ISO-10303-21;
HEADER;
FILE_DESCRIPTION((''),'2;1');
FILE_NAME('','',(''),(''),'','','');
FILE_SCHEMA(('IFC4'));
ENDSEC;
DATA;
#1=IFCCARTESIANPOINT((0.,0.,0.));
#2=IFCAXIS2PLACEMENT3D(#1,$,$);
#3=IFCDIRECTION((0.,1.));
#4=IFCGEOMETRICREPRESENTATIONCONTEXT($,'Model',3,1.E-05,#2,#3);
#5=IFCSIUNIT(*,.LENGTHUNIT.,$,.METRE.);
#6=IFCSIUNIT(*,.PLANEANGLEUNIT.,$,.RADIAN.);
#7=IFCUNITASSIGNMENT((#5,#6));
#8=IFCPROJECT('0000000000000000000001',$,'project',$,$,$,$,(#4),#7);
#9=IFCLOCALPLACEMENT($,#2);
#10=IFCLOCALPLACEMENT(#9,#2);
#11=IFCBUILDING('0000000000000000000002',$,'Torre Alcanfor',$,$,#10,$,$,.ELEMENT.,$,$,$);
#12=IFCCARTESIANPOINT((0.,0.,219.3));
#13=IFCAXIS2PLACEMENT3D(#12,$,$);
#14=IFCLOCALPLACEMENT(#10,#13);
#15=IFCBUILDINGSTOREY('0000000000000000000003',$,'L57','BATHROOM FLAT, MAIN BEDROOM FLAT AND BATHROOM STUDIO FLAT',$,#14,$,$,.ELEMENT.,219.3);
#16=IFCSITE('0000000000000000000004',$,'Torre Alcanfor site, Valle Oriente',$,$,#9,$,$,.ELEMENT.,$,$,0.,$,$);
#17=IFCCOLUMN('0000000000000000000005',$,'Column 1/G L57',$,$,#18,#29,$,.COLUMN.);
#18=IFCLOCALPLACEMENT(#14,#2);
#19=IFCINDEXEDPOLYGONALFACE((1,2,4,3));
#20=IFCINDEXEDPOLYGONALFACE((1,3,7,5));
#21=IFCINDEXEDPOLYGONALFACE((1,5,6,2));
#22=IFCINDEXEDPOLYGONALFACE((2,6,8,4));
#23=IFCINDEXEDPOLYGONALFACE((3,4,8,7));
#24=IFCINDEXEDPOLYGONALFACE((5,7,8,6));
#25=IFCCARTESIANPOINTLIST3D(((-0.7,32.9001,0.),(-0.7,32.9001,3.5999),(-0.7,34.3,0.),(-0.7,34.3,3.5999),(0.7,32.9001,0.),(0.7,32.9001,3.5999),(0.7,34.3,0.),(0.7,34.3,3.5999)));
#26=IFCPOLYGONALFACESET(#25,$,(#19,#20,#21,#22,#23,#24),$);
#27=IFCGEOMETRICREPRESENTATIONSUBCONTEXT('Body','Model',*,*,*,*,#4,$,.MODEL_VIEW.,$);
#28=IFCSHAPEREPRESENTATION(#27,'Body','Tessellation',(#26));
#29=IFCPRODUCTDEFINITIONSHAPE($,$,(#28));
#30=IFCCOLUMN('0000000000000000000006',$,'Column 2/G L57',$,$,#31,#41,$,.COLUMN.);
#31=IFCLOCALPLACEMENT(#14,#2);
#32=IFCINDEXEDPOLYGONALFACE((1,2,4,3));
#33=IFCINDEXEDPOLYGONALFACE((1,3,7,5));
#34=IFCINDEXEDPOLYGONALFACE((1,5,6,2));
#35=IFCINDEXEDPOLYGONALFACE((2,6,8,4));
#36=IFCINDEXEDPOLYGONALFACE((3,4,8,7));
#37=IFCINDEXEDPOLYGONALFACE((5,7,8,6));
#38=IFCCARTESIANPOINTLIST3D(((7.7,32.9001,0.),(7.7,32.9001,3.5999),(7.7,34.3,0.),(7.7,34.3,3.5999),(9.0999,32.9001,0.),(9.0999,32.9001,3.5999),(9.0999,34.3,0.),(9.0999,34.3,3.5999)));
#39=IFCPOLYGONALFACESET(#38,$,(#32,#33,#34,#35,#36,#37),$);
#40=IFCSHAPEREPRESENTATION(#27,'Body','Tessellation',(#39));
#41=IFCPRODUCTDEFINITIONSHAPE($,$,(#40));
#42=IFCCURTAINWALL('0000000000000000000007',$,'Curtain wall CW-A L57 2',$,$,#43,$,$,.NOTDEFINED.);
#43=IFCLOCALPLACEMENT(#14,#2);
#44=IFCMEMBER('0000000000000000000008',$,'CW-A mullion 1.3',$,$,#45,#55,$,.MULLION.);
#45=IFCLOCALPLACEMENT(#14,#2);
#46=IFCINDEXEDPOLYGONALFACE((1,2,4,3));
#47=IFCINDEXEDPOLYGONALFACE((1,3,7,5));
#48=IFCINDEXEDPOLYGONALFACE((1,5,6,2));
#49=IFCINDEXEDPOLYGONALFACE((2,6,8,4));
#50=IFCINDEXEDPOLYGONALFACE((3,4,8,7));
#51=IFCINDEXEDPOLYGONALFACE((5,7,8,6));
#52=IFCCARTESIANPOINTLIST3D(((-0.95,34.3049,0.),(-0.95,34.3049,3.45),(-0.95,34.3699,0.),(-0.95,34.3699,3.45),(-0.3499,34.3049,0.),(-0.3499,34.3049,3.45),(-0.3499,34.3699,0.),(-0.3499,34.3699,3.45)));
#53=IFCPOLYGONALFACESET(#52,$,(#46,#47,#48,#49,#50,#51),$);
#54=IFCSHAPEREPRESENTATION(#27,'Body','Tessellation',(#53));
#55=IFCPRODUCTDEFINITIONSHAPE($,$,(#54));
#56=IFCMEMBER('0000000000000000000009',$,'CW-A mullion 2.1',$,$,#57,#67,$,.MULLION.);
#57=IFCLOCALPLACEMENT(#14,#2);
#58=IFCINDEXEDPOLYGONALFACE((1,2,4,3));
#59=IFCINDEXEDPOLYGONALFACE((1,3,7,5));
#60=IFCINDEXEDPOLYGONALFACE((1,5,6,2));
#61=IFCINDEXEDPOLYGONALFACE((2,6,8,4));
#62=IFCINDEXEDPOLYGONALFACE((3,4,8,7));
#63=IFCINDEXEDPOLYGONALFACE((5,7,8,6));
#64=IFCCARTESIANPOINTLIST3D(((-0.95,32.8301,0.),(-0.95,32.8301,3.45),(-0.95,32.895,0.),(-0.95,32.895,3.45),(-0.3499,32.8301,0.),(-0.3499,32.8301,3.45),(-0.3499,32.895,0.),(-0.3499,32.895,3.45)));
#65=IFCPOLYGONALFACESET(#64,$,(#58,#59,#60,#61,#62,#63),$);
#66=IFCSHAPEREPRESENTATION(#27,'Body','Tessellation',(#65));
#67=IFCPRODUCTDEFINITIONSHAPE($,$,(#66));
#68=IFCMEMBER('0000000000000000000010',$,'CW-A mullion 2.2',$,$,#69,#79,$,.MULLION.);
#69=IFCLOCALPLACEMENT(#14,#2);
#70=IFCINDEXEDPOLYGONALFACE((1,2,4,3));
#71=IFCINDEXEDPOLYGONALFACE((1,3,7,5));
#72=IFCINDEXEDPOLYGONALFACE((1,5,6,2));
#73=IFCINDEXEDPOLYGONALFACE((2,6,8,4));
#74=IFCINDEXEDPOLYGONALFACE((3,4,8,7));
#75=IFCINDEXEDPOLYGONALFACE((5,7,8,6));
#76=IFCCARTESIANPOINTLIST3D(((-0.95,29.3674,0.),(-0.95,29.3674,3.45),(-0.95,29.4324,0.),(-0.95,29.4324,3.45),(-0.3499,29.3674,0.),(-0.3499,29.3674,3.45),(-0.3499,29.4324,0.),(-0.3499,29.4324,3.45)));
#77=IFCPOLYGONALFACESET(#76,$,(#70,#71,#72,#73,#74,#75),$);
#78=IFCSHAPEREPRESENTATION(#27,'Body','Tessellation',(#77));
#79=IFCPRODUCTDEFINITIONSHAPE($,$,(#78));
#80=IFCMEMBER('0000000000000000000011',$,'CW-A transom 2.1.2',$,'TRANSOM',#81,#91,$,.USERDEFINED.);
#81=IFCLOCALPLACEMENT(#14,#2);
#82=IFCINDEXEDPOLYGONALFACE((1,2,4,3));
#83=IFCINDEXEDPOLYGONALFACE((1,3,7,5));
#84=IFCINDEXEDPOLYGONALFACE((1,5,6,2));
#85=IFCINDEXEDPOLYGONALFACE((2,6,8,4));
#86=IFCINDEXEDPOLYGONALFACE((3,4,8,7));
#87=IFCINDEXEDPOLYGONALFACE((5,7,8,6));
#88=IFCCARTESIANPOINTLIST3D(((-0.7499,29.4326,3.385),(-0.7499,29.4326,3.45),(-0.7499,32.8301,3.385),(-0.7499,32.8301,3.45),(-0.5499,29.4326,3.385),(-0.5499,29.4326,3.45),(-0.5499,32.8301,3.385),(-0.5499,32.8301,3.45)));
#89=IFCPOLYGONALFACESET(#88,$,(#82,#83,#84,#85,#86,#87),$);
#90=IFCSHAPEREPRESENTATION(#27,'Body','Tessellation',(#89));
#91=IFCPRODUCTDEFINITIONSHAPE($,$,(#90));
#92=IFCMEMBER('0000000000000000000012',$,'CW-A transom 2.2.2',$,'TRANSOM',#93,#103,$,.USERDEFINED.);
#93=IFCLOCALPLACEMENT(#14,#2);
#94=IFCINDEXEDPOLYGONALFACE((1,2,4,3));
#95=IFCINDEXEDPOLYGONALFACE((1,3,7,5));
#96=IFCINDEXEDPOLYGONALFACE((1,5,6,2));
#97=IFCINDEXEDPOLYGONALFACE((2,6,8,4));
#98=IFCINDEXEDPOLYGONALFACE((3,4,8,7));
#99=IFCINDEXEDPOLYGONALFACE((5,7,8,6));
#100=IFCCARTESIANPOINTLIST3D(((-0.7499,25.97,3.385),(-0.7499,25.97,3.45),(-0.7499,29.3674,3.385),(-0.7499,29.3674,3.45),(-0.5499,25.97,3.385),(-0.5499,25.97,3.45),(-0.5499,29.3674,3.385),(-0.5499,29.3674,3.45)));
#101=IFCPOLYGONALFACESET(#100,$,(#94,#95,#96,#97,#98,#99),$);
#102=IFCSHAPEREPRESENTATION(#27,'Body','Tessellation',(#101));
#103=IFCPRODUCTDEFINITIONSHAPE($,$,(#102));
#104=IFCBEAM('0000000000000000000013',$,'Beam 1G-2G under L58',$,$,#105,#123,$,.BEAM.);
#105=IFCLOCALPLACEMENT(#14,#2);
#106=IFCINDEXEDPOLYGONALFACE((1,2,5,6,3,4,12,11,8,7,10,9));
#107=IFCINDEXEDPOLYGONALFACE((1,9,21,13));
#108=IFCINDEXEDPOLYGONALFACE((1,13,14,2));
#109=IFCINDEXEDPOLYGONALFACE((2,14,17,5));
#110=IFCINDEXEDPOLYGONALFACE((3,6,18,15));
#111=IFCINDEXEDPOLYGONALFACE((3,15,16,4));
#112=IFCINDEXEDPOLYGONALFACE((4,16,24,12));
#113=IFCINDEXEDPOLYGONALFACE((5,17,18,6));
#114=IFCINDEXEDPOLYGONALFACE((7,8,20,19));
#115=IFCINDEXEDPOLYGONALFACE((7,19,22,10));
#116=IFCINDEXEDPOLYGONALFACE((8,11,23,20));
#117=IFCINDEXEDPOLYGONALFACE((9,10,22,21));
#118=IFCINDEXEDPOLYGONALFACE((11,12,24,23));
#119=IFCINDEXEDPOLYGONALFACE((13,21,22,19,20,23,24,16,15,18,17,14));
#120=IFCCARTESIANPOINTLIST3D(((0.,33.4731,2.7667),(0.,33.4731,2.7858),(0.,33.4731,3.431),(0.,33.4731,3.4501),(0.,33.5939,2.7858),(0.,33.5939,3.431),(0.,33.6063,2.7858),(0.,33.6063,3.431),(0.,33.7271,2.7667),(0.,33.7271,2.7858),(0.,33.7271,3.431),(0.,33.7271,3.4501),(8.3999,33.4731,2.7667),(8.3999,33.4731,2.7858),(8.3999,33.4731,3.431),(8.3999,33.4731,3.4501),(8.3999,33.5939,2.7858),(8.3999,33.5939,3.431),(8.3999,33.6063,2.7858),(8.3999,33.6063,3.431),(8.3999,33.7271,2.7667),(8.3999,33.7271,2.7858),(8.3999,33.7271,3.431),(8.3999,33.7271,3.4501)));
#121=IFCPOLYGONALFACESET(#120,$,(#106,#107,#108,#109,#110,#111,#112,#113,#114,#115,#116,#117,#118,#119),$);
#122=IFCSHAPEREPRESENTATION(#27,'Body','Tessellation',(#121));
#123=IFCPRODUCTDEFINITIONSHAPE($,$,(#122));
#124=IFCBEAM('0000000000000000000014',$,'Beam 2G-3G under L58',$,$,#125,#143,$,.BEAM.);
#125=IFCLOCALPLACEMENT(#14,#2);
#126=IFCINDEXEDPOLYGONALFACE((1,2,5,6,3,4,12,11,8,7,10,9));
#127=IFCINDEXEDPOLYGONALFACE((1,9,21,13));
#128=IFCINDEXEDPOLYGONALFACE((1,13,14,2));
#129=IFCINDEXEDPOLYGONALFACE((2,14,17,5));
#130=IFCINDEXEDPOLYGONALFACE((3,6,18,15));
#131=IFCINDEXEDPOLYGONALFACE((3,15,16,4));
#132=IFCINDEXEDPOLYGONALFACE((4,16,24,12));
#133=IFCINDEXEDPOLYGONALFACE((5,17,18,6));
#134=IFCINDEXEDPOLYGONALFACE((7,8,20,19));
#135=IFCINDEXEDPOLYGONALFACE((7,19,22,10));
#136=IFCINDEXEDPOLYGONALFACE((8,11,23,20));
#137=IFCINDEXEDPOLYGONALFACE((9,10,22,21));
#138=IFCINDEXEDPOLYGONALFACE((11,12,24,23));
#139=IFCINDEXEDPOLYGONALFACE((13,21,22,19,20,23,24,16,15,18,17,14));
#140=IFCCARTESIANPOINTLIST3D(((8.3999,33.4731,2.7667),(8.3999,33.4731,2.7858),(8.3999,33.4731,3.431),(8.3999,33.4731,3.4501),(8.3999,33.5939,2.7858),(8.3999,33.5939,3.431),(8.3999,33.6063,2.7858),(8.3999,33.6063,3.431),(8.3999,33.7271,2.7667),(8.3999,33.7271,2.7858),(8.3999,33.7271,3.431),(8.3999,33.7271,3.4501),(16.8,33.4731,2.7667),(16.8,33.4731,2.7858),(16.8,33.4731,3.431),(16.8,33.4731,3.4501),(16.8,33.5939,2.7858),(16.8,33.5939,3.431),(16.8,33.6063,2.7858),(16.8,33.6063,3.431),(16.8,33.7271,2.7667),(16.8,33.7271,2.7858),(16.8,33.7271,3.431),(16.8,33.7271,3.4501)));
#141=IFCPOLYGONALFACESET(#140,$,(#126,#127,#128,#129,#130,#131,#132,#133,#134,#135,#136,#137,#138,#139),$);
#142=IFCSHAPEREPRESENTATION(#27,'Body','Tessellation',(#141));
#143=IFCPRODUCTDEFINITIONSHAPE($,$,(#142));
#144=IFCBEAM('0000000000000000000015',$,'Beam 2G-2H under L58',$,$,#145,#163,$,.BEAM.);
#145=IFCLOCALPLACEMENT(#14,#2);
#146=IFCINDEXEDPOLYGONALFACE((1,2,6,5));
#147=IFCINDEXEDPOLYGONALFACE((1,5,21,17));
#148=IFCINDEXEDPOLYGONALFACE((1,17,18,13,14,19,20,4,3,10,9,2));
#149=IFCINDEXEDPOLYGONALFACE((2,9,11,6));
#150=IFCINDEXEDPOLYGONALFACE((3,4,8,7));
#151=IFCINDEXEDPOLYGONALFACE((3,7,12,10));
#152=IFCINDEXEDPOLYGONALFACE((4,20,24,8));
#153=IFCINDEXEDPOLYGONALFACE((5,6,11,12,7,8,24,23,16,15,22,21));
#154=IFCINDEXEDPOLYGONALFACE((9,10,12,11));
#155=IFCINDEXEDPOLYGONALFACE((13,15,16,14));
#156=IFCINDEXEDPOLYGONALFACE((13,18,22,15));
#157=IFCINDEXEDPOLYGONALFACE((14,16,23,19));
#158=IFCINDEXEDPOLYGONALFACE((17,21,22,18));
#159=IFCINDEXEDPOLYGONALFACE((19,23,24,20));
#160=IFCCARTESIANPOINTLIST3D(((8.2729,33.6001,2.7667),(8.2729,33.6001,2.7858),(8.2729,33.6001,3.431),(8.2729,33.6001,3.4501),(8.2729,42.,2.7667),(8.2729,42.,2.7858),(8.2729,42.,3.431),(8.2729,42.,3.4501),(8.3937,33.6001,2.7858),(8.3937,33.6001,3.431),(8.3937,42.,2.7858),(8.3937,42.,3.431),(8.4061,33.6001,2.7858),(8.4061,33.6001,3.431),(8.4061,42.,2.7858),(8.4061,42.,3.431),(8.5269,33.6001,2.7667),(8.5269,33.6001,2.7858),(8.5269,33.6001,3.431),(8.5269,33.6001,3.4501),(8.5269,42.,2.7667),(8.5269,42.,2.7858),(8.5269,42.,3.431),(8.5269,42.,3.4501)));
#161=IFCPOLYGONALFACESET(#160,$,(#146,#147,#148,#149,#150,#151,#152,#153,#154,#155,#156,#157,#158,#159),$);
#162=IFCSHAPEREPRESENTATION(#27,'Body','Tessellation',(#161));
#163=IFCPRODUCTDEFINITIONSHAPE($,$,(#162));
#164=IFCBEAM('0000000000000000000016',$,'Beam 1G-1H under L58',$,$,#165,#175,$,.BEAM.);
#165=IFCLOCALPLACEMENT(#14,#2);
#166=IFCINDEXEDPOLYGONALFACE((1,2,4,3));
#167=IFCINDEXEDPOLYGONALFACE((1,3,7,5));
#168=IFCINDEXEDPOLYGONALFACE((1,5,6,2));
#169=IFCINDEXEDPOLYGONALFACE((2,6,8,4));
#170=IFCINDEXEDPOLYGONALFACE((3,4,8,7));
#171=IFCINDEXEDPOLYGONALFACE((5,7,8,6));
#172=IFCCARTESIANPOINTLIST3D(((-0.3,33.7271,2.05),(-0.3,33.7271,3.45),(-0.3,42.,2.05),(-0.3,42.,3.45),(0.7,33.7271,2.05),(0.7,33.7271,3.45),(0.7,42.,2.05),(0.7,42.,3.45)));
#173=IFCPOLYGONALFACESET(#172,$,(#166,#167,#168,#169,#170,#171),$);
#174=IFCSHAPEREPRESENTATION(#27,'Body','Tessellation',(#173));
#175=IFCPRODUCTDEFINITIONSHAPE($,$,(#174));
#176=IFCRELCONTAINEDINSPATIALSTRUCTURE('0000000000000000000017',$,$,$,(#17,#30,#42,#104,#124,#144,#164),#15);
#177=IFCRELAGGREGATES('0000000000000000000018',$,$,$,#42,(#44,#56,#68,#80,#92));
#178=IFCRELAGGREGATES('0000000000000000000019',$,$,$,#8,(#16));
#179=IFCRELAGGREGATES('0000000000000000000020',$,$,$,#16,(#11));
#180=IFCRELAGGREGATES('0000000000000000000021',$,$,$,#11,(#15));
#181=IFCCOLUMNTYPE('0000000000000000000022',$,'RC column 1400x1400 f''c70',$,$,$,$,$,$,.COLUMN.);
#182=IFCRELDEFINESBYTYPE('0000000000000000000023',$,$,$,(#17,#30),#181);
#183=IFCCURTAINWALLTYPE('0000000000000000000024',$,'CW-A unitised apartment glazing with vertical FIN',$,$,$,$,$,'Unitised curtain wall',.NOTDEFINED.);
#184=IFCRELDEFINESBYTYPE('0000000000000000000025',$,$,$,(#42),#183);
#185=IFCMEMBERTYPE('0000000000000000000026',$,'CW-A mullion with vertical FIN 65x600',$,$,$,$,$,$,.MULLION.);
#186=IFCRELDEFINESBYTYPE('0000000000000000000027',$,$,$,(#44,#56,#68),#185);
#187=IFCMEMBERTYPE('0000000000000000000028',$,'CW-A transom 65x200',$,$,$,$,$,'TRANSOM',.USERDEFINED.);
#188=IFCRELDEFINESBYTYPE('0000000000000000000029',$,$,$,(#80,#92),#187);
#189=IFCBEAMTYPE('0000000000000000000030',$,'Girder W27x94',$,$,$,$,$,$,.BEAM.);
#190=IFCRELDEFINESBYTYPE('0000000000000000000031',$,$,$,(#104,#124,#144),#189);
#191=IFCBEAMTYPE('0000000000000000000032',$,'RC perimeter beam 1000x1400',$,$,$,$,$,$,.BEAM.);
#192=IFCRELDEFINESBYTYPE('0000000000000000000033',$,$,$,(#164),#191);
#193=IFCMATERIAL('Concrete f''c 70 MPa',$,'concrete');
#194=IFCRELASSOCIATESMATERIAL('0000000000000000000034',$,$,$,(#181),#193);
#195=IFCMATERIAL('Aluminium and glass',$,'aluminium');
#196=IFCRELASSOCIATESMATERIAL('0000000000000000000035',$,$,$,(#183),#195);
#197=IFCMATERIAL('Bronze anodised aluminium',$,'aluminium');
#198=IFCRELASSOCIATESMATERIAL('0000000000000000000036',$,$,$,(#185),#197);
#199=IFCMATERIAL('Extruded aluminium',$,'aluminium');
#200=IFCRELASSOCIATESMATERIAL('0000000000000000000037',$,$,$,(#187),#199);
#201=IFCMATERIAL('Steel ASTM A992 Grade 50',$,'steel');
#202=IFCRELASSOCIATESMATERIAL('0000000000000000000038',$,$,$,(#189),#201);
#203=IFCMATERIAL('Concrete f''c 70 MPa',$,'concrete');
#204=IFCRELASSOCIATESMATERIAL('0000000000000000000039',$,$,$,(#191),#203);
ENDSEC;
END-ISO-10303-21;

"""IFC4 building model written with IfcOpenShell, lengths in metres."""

from ifc_helpers import new_model, si_unit, direction, frame, origin, origin_2d, place, context, subcontext, project, spatial, rectangle, i_section, extrude, material, material_profile, profile_set, type_object, element, aggregate, save


model = new_model("IFC4")

# Units and contexts
model_context = context("Model", 3, precision=1e-05, world=origin(), true_north=direction((0.0, 1.0)))
body_context = subcontext(model_context, "Body", "Model", "MODEL_VIEW")
ifc_project = project(units=[si_unit("LENGTHUNIT", "METRE"), si_unit("PLANEANGLEUNIT", "RADIAN")], contexts=[model_context])

# Site, building, storey
site_placement = place(None, origin())
site = spatial("IfcSite", under=ifc_project, at=site_placement, Name="Torre Alcanfor site, Valle Oriente", CompositionType="ELEMENT", RefElevation=0.0)
building_placement = place(site_placement, origin())
building = spatial("IfcBuilding", under=site, at=building_placement, Name="Torre Alcanfor", CompositionType="ELEMENT")
storey_placement = place(building_placement, frame((0.0, 0.0, 219.3)))
storey = spatial("IfcBuildingStorey", under=building, at=storey_placement, Name="L57", Description="BATHROOM FLAT, MAIN BEDROOM FLAT AND BATHROOM STUDIO FLAT", CompositionType="ELEMENT", Elevation=219.3)

# Columns
ifc_material_1 = material(Name="Concrete f'c 70 MPa", Category="concrete")
ifc_material_profile_1 = material_profile(ifc_material_1, rectangle(XDim=1.3999, YDim=1.3999, at=origin_2d()), Name="1400x1400")
ifc_profile_set_1 = profile_set([ifc_material_profile_1], Name="Concrete f'c 70 MPa")
column_type = type_object("IfcColumnType", Name="RC column 1400x1400 f'c70", PredefinedType="COLUMN", material=ifc_profile_set_1)
for number, where, z_axis, x_axis, name in (
    (1, (0.0, 33.6001, 0.0), (0.0, 0.0, 1.0), (1.0, 0.0, 0.0), "Column 1/G L57"),
    (2, (8.3999, 33.6001, 0.0), (0.0, 0.0, 1.0), (1.0, 0.0, 0.0), "Column 2/G L57"),
):
    element("IfcColumn", number, at=place(storey_placement, frame(where, z_axis=z_axis, x_axis=x_axis)), inside=storey, type_object=column_type, Name=name, PredefinedType="COLUMN", context=body_context, shape_type="SweptSolid", body=[
        extrude(rectangle(XDim=1.3999, YDim=1.3999, at=origin_2d()), origin(), (0.0, 0.0, 1.0), 3.5999),
    ])

# Curtain wall, members
ifc_material_2 = material(Name="Aluminium and glass", Category="aluminium")
curtain_wall_type = type_object("IfcCurtainWallType", Name="CW-A unitised apartment glazing with vertical FIN", ElementType="Unitised curtain wall", PredefinedType="NOTDEFINED", material=ifc_material_2)
curtain_wall_placement = place(storey_placement, origin())
curtain_wall = element("IfcCurtainWall", 3, at=curtain_wall_placement, inside=storey, type_object=curtain_wall_type, Name="Curtain wall CW-A L57 2", PredefinedType="NOTDEFINED")
ifc_material_3 = material(Name="Bronze anodised aluminium", Category="aluminium")
ifc_material_profile_2 = material_profile(ifc_material_3, rectangle(XDim=0.6001, YDim=0.0649, at=origin_2d()), Name="CW-A mullion 65x600")
ifc_profile_set_2 = profile_set([ifc_material_profile_2], Name="Bronze anodised aluminium")
member_type_1 = type_object("IfcMemberType", Name="CW-A mullion with vertical FIN 65x600", PredefinedType="MULLION", material=ifc_profile_set_2)
member_1_placement = place(storey_placement, frame((-0.6499, 34.3374, 0.0), z_axis=(0.0, 0.0, 1.0), x_axis=(1.0, 0.0, 0.0)))
member_1 = element("IfcMember", 4, at=member_1_placement, type_object=member_type_1, Name="CW-A mullion 1.3", PredefinedType="MULLION", context=body_context, shape_type="SweptSolid", body=[
    extrude(rectangle(XDim=0.6001, YDim=0.0649, at=origin_2d()), origin(), (0.0, 0.0, 1.0), 3.45),
])
member_2_placement = place(storey_placement, frame((-0.6499, 32.8625, 0.0), z_axis=(0.0, 0.0, 1.0), x_axis=(1.0, 0.0, 0.0)))
member_2 = element("IfcMember", 5, at=member_2_placement, type_object=member_type_1, Name="CW-A mullion 2.1", PredefinedType="MULLION", context=body_context, shape_type="SweptSolid", body=[
    extrude(rectangle(XDim=0.6001, YDim=0.0649, at=origin_2d()), origin(), (0.0, 0.0, 1.0), 3.45),
])
member_3_placement = place(storey_placement, frame((-0.6499, 29.3999, 0.0), z_axis=(0.0, 0.0, 1.0), x_axis=(1.0, 0.0, 0.0)))
member_3 = element("IfcMember", 6, at=member_3_placement, type_object=member_type_1, Name="CW-A mullion 2.2", PredefinedType="MULLION", context=body_context, shape_type="SweptSolid", body=[
    extrude(rectangle(XDim=0.6001, YDim=0.0649, at=origin_2d()), origin(), (0.0, 0.0, 1.0), 3.45),
])
ifc_material_4 = material(Name="Extruded aluminium", Category="aluminium")
ifc_material_profile_3 = material_profile(ifc_material_4, rectangle(XDim=0.2, YDim=0.0649, at=origin_2d()), Name="CW-A transom 200x65")
ifc_profile_set_3 = profile_set([ifc_material_profile_3], Name="Extruded aluminium")
member_type_2 = type_object("IfcMemberType", Name="CW-A transom 65x200", ElementType="TRANSOM", PredefinedType="USERDEFINED", material=ifc_profile_set_3)
member_4_placement = place(storey_placement, frame((-0.6499, 32.8301, 3.4175), z_axis=(0.0, -1.0, 0.0), x_axis=(1.0, 0.0, 0.0)))
member_4 = element("IfcMember", 7, at=member_4_placement, type_object=member_type_2, Name="CW-A transom 2.1.2", ObjectType="TRANSOM", PredefinedType="USERDEFINED", context=body_context, shape_type="SweptSolid", body=[
    extrude(rectangle(XDim=0.2, YDim=0.0649, at=origin_2d()), origin(), (0.0, 0.0, 1.0), 3.3975),
])
member_5_placement = place(storey_placement, frame((-0.6499, 29.3674, 3.4175), z_axis=(0.0, -1.0, 0.0), x_axis=(1.0, 0.0, 0.0)))
member_5 = element("IfcMember", 8, at=member_5_placement, type_object=member_type_2, Name="CW-A transom 2.2.2", ObjectType="TRANSOM", PredefinedType="USERDEFINED", context=body_context, shape_type="SweptSolid", body=[
    extrude(rectangle(XDim=0.2, YDim=0.0649, at=origin_2d()), origin(), (0.0, 0.0, 1.0), 3.3975),
])

# Beams
ifc_material_5 = material(Name="Steel ASTM A992 Grade 50", Category="steel")
ifc_material_profile_4 = material_profile(ifc_material_5, i_section(OverallWidth=0.2539, OverallDepth=0.6833, WebThickness=0.0125, FlangeThickness=0.019, at=origin_2d()), Name="W27x94")
ifc_profile_set_4 = profile_set([ifc_material_profile_4], Name="Steel ASTM A992 Grade 50")
beam_type_1 = type_object("IfcBeamType", Name="Girder W27x94", PredefinedType="BEAM", material=ifc_profile_set_4)
beam_1_placement = place(storey_placement, frame((0.0, 33.6001, 3.1084), z_axis=(1.0, 0.0, 0.0), x_axis=(0.0, 1.0, 0.0)))
element("IfcBeam", 9, at=beam_1_placement, inside=storey, type_object=beam_type_1, Name="Beam 1G-2G under L58", PredefinedType="BEAM", context=body_context, shape_type="SweptSolid", body=[
    extrude(i_section(OverallWidth=0.2539, OverallDepth=0.6833, WebThickness=0.0125, FlangeThickness=0.019, at=origin_2d()), origin(), (0.0, 0.0, 1.0), 8.3999),
])
beam_2_placement = place(storey_placement, frame((8.3999, 33.6001, 3.1084), z_axis=(1.0, 0.0, 0.0), x_axis=(0.0, 1.0, 0.0)))
element("IfcBeam", 10, at=beam_2_placement, inside=storey, type_object=beam_type_1, Name="Beam 2G-3G under L58", PredefinedType="BEAM", context=body_context, shape_type="SweptSolid", body=[
    extrude(i_section(OverallWidth=0.2539, OverallDepth=0.6833, WebThickness=0.0125, FlangeThickness=0.019, at=origin_2d()), origin(), (0.0, 0.0, 1.0), 8.4001),
])
beam_3_placement = place(storey_placement, frame((8.3999, 33.6001, 3.1084), z_axis=(0.0, 1.0, 0.0), x_axis=(-1.0, 0.0, 0.0)))
element("IfcBeam", 11, at=beam_3_placement, inside=storey, type_object=beam_type_1, Name="Beam 2G-2H under L58", PredefinedType="BEAM", context=body_context, shape_type="SweptSolid", body=[
    extrude(i_section(OverallWidth=0.2539, OverallDepth=0.6833, WebThickness=0.0125, FlangeThickness=0.019, at=origin_2d()), origin(), (0.0, 0.0, 1.0), 8.3999),
])
ifc_material_6 = material(Name="Concrete f'c 70 MPa", Category="concrete")
ifc_material_profile_5 = material_profile(ifc_material_6, rectangle(XDim=1.0, YDim=1.3999, at=origin_2d()), Name="1000x1400")
ifc_profile_set_5 = profile_set([ifc_material_profile_5], Name="Concrete f'c 70 MPa")
beam_type_2 = type_object("IfcBeamType", Name="RC perimeter beam 1000x1400", PredefinedType="BEAM", material=ifc_profile_set_5)
beam_4_placement = place(storey_placement, frame((0.2, 33.7271, 2.75), z_axis=(0.0, 1.0, 0.0), x_axis=(-1.0, 0.0, 0.0)))
element("IfcBeam", 12, at=beam_4_placement, inside=storey, type_object=beam_type_2, Name="Beam 1G-1H under L58", PredefinedType="BEAM", context=body_context, shape_type="SweptSolid", body=[
    extrude(rectangle(XDim=1.0, YDim=1.3999, at=origin_2d()), origin(), (0.0, 0.0, 1.0), 8.2729),
])

aggregate(curtain_wall, [member_1, member_2, member_3, member_4, member_5])

save(model, "model.ifc")
